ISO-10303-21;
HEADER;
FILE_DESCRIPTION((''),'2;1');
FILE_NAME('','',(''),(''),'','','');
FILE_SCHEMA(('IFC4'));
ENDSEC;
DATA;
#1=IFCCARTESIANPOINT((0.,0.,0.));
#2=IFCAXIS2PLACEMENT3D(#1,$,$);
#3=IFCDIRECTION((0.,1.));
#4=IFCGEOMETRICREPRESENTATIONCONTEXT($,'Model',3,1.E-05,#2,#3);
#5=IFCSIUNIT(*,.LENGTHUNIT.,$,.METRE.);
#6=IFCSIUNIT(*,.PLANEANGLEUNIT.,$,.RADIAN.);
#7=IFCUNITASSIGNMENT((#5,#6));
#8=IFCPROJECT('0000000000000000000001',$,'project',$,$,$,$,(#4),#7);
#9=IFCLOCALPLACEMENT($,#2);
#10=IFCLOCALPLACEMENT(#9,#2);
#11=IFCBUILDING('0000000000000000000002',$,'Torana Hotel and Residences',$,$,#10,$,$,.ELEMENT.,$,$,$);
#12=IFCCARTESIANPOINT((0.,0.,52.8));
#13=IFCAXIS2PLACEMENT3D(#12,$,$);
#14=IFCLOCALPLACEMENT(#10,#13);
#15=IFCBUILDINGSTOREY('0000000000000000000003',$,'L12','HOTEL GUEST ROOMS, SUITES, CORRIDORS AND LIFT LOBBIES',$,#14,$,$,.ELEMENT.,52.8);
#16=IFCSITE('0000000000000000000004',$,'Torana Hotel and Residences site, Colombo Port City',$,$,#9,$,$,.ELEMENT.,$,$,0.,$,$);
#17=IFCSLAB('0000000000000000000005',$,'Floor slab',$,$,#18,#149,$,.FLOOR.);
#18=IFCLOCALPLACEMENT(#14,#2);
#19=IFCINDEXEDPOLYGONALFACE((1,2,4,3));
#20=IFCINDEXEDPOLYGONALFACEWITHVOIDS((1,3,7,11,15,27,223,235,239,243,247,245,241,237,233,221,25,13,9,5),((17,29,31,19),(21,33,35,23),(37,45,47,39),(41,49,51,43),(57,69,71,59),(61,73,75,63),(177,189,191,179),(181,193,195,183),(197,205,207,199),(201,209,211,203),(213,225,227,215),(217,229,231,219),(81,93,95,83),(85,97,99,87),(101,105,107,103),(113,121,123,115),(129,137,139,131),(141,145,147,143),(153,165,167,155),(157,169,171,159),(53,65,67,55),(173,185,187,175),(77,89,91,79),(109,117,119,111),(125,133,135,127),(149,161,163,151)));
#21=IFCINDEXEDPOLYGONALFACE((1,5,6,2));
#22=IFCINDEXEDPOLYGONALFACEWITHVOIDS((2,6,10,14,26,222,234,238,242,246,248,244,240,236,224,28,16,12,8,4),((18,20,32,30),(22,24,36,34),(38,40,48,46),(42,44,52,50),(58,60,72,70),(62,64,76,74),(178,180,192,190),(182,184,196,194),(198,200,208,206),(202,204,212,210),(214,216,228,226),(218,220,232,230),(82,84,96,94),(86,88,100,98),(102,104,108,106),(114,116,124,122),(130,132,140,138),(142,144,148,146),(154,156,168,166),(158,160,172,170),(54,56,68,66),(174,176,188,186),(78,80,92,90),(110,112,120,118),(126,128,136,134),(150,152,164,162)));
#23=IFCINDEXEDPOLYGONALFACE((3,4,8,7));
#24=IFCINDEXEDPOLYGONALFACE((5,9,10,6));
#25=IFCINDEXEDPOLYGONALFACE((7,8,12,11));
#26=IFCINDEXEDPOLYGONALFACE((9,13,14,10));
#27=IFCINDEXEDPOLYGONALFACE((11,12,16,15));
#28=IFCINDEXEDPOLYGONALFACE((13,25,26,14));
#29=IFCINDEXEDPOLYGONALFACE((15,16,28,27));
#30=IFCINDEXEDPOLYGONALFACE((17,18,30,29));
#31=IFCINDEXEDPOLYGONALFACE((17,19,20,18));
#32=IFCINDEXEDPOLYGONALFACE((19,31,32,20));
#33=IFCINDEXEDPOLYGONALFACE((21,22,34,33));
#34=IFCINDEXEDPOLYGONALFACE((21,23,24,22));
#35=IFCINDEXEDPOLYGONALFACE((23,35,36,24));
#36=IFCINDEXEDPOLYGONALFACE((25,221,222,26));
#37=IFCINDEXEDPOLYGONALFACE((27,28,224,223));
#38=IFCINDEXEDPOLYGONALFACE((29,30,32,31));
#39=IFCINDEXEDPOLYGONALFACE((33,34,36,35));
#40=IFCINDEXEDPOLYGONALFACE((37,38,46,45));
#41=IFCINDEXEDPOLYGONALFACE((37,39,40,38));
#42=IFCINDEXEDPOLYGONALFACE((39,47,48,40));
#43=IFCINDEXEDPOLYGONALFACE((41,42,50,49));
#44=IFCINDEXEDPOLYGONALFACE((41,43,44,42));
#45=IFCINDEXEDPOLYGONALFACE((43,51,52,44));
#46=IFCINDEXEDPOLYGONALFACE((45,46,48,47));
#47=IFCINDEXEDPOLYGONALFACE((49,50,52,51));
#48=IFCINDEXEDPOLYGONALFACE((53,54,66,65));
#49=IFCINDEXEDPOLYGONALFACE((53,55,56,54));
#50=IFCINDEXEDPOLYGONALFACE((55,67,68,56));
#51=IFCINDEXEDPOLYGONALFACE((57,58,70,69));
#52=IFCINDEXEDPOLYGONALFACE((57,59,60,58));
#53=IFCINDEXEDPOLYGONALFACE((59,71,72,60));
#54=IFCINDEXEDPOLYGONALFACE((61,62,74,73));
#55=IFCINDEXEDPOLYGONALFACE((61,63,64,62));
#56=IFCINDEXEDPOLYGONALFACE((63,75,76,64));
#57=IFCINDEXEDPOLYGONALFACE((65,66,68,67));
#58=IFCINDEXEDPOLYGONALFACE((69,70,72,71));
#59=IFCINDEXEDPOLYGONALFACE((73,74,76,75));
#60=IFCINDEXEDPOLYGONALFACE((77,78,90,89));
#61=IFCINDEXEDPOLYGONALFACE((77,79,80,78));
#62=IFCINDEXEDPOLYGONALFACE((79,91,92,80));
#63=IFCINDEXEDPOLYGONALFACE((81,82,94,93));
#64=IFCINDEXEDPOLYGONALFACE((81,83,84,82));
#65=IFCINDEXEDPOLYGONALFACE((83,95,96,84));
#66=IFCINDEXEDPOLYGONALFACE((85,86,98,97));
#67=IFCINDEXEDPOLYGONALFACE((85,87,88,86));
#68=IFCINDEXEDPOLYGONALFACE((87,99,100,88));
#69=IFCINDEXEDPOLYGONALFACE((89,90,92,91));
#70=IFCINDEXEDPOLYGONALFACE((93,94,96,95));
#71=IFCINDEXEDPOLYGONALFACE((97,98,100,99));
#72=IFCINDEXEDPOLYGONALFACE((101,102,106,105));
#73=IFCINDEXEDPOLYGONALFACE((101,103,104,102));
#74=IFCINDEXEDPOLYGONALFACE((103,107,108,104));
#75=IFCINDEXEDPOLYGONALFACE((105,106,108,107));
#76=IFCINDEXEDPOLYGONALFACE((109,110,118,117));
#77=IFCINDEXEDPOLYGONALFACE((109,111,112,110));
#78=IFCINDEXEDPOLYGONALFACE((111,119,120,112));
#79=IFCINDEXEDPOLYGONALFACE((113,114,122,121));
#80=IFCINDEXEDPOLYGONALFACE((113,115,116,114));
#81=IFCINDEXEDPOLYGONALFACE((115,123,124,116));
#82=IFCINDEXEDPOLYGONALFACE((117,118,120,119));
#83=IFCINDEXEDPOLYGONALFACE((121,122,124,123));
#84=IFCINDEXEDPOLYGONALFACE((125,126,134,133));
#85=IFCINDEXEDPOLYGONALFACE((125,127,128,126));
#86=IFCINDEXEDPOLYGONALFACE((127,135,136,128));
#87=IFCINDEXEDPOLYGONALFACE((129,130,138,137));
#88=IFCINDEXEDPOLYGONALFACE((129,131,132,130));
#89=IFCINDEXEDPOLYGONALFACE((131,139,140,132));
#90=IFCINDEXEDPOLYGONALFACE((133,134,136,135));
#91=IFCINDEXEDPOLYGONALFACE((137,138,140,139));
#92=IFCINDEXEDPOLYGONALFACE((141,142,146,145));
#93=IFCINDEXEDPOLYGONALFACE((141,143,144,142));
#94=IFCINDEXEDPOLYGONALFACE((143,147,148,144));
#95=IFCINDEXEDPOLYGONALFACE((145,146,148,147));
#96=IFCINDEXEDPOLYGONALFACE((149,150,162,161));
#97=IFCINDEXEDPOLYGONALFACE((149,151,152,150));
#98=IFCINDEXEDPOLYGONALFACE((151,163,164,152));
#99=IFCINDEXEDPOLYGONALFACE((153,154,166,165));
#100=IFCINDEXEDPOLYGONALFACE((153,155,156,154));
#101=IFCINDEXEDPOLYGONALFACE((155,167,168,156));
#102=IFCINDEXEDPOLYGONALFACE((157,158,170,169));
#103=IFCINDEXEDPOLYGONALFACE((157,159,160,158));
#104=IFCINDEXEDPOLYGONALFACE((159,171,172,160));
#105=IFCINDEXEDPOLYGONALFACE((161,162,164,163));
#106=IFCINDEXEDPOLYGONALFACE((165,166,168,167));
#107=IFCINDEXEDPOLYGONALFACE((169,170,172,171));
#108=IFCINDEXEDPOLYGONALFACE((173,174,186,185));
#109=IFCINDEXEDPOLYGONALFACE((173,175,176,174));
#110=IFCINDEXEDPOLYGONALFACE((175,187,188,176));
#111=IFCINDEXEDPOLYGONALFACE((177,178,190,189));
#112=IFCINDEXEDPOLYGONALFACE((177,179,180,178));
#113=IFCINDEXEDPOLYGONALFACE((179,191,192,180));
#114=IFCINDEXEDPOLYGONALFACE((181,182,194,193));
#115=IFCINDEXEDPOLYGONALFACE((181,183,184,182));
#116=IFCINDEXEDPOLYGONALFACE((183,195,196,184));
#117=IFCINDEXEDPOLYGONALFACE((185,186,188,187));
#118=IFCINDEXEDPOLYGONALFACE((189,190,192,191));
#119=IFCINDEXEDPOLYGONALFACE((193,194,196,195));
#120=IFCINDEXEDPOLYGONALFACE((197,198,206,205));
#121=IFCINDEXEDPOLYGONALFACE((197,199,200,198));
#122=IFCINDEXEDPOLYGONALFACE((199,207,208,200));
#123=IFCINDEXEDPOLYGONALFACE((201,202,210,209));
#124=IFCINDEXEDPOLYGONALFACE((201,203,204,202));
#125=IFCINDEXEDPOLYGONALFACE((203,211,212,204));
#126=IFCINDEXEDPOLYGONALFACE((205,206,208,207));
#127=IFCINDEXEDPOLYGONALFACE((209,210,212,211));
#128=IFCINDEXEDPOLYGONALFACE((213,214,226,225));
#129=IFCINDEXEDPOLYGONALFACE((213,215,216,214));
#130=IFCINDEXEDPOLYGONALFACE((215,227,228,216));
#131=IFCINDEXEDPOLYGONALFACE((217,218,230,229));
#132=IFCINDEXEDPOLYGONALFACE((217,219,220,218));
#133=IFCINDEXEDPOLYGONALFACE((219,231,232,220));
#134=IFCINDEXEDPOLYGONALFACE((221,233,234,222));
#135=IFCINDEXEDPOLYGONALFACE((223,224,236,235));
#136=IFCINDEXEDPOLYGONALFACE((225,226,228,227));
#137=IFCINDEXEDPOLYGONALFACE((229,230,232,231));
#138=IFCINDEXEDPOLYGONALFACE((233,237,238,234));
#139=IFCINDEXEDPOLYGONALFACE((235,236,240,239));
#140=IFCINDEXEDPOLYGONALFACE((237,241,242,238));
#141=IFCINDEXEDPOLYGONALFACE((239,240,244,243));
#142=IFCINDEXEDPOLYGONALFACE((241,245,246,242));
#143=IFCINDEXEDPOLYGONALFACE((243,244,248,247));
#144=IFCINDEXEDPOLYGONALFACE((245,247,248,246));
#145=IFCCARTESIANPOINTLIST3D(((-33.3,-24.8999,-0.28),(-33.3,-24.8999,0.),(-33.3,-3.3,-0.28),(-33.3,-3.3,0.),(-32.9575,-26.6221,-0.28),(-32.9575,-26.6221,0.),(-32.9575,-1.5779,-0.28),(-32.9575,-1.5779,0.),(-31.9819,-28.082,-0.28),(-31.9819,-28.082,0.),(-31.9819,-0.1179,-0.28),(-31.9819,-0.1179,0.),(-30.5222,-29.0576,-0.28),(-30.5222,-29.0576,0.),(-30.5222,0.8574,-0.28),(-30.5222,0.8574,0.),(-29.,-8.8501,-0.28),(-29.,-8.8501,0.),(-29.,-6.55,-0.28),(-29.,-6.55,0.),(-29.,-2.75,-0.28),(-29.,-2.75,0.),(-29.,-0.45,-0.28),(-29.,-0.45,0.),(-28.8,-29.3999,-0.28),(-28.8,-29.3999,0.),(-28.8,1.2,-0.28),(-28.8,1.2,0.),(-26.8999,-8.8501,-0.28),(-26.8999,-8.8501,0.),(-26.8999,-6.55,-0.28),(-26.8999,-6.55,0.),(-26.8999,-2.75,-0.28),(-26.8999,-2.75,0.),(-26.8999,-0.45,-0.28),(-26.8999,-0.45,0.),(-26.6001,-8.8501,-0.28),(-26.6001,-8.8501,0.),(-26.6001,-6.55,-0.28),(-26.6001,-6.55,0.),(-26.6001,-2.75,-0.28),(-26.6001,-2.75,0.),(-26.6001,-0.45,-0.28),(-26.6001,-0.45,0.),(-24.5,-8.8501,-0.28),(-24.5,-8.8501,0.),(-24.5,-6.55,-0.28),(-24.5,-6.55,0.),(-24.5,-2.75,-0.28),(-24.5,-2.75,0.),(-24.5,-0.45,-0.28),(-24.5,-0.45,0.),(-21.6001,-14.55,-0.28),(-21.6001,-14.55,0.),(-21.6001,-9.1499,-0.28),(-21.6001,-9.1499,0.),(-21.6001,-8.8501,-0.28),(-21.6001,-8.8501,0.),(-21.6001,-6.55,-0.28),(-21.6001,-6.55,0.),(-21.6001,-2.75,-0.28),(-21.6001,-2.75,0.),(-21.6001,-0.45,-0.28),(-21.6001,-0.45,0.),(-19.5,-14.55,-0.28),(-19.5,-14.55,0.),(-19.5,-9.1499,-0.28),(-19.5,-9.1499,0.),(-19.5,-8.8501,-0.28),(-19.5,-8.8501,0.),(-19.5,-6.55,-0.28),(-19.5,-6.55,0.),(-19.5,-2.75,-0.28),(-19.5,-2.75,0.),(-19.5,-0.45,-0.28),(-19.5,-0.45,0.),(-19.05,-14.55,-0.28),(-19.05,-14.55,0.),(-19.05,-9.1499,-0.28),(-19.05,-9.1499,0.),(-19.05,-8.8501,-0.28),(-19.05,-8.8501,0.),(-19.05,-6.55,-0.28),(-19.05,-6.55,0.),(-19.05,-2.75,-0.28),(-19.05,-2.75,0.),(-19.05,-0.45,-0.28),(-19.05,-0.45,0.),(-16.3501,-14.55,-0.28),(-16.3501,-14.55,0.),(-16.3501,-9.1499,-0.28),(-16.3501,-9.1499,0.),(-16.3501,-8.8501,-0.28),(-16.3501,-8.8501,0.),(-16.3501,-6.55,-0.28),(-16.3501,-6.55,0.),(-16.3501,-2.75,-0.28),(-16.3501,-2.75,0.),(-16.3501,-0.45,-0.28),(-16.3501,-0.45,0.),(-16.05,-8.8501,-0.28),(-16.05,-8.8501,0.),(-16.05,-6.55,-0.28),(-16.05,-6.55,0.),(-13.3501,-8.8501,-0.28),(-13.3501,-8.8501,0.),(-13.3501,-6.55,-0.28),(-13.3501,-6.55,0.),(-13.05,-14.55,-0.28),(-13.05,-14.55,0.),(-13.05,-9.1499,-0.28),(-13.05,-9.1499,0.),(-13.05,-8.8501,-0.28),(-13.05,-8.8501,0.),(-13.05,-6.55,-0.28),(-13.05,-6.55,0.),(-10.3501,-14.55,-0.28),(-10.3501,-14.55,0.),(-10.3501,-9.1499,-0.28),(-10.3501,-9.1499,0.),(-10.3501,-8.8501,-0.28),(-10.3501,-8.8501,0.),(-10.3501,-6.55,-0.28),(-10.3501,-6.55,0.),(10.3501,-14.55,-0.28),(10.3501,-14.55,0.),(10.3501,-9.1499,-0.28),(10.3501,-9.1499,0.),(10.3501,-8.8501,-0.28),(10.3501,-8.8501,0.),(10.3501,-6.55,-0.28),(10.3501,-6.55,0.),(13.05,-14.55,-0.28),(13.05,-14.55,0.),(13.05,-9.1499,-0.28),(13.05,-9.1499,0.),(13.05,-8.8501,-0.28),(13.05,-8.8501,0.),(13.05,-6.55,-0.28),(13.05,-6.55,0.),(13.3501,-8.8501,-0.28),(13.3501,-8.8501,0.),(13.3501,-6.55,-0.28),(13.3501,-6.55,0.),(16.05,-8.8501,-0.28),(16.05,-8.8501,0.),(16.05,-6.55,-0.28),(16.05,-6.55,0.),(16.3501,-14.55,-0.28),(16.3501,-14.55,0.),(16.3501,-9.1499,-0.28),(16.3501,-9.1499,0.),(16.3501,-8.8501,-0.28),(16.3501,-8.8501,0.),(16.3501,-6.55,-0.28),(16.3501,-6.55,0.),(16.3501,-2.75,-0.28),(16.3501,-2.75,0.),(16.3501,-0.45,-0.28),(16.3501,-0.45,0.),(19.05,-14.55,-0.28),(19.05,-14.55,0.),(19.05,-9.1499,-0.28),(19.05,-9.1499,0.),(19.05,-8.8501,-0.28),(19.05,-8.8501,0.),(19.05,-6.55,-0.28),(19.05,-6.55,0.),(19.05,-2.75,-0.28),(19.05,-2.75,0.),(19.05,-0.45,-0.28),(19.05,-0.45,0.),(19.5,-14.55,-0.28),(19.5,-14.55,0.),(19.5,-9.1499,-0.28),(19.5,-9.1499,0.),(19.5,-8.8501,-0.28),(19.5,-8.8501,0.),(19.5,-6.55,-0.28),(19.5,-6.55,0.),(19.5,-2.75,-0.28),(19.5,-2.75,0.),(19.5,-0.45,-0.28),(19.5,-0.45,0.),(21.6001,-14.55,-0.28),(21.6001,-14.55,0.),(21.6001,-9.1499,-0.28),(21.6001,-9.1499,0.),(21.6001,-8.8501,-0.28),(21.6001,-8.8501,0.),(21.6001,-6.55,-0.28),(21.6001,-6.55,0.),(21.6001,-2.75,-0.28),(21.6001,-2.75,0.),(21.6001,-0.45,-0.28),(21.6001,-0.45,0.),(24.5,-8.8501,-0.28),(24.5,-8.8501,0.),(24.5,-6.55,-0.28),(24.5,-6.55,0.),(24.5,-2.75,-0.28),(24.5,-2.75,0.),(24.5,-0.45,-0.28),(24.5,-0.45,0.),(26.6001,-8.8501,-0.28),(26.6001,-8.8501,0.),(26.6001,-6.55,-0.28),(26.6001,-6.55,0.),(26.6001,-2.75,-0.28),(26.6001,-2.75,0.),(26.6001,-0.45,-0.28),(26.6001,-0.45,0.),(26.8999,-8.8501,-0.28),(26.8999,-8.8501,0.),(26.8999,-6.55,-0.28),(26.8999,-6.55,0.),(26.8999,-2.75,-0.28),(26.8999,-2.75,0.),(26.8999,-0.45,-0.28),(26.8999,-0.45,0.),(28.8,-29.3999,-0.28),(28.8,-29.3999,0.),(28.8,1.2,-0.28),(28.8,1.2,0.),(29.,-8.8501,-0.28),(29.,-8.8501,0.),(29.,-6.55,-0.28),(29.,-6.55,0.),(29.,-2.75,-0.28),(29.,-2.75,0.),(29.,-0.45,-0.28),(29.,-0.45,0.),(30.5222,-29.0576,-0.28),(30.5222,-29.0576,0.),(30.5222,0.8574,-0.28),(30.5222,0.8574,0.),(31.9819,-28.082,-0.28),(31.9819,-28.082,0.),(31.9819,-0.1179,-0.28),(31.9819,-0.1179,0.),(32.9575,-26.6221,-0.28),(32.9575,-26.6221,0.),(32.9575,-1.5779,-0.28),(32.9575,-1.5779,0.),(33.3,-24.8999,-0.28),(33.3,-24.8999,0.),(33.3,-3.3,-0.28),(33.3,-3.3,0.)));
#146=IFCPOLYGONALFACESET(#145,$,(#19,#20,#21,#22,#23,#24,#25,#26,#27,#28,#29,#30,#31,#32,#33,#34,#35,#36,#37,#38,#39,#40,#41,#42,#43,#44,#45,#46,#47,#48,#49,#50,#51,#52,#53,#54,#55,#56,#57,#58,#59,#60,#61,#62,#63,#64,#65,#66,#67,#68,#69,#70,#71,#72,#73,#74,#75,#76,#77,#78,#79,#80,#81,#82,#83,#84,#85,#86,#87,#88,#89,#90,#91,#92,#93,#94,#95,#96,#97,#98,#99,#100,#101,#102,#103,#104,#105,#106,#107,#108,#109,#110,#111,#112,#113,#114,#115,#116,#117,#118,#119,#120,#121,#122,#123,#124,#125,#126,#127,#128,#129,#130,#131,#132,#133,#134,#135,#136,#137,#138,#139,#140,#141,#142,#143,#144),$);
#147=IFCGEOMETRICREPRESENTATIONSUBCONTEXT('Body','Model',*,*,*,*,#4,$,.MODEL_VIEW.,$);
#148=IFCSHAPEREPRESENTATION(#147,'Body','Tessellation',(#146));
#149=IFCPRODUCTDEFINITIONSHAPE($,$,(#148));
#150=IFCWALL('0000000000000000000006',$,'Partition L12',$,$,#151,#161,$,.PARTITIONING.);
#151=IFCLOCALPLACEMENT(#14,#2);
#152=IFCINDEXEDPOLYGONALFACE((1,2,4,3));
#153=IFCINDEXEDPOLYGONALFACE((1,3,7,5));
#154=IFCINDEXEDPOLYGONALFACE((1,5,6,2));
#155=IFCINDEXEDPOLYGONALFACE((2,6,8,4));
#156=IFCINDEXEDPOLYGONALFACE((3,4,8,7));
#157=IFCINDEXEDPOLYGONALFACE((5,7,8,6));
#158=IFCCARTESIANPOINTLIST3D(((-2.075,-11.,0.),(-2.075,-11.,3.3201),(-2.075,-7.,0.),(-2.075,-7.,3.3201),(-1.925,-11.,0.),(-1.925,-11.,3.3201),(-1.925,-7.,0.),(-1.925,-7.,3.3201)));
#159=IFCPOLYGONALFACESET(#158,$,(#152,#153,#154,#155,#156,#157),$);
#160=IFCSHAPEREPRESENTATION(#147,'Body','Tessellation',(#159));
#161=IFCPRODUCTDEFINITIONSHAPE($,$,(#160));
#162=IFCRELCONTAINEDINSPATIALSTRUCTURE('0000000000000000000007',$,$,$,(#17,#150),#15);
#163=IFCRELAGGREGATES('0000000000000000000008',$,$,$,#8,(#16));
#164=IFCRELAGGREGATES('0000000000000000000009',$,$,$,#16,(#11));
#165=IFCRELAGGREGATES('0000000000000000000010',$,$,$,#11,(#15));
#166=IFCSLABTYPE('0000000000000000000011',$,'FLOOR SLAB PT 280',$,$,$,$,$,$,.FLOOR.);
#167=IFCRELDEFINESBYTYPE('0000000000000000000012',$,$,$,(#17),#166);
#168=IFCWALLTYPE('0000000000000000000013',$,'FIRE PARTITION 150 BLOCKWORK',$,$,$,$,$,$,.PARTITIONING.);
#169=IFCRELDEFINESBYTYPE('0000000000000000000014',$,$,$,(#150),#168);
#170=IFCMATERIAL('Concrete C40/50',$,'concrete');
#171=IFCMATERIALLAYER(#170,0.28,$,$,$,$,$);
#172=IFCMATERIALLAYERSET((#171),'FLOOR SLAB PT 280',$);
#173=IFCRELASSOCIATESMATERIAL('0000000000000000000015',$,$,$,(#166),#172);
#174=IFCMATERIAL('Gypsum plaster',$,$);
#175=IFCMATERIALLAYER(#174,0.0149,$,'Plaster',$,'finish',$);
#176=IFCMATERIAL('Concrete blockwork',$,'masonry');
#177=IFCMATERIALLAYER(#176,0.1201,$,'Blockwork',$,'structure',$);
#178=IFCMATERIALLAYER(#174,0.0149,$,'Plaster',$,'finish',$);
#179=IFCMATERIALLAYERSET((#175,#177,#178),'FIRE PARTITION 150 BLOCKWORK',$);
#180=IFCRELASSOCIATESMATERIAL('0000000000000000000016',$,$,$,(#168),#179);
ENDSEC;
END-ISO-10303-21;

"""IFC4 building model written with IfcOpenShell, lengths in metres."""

from ifc_helpers import new_model, si_unit, direction, frame, frame_2d, origin, place, context, subcontext, project, spatial, polyline, rectangle, outline, extrude, material, layer, layer_set, type_object, element, save


model = new_model("IFC4")

# Units and contexts
model_context = context("Model", 3, precision=1e-05, world=origin(), true_north=direction((0.0, 1.0)))
body_context = subcontext(model_context, "Body", "Model", "MODEL_VIEW")
ifc_project = project(units=[si_unit("LENGTHUNIT", "METRE"), si_unit("PLANEANGLEUNIT", "RADIAN")], contexts=[model_context])

# Site, building, storey
site_placement = place(None, origin())
site = spatial("IfcSite", under=ifc_project, at=site_placement, Name="Torana Hotel and Residences site, Colombo Port City", CompositionType="ELEMENT", RefElevation=0.0)
building_placement = place(site_placement, origin())
building = spatial("IfcBuilding", under=site, at=building_placement, Name="Torana Hotel and Residences", CompositionType="ELEMENT")
storey_placement = place(building_placement, frame((0.0, 0.0, 52.8)))
storey = spatial("IfcBuildingStorey", under=building, at=storey_placement, Name="L12", Description="HOTEL GUEST ROOMS, SUITES, CORRIDORS AND LIFT LOBBIES", CompositionType="ELEMENT", Elevation=52.8)

# Slab
ifc_material_1 = material(Name="Concrete C40/50", Category="concrete")
ifc_layer_1 = layer(ifc_material_1, 0.28)
ifc_layer_set_1 = layer_set([ifc_layer_1], Name="FLOOR SLAB PT 280")
slab_type_1 = type_object("IfcSlabType", Name="FLOOR SLAB PT 280", PredefinedType="FLOOR", material=ifc_layer_set_1)
slab_1_placement = place(storey_placement, frame((0.0, 0.0, -0.28)))
element("IfcSlab", 1, at=slab_1_placement, inside=storey, type_object=slab_type_1, Name="Floor slab", PredefinedType="FLOOR", context=body_context, shape_type="SweptSolid", body=[
    extrude(outline(polyline([(33.3, -3.3), (32.9575, -1.5779), (31.9819, -0.1179), (30.5222, 0.8574), (28.8, 1.2), (-28.8, 1.2), (-30.5222, 0.8574), (-31.9819, -0.1179), (-32.9575, -1.5779), (-33.3, -3.3), (-33.3, -24.8999), (-32.9575, -26.6221), (-31.9819, -28.082), (-30.5222, -29.0576), (-28.8, -29.3999), (28.8, -29.3999), (30.5222, -29.0576), (31.9819, -28.082), (32.9575, -26.6221), (33.3, -24.8999), (33.3, -3.3)]), holes=[polyline([(-13.05, -14.55), (-10.3501, -14.55), (-10.3501, -9.1499), (-13.05, -9.1499), (-13.05, -14.55)]), polyline([(-19.05, -14.55), (-16.3501, -14.55), (-16.3501, -9.1499), (-19.05, -9.1499), (-19.05, -14.55)]), polyline([(-19.05, -2.75), (-16.3501, -2.75), (-16.3501, -0.45), (-19.05, -0.45), (-19.05, -2.75)]), polyline([(-26.6001, -2.75), (-24.5, -2.75), (-24.5, -0.45), (-26.6001, -0.45), (-26.6001, -2.75)]), polyline([(-29.0, -2.75), (-26.8999, -2.75), (-26.8999, -0.45), (-29.0, -0.45), (-29.0, -2.75)]), polyline([(-26.6001, -8.8501), (-24.5, -8.8501), (-24.5, -6.55), (-26.6001, -6.55), (-26.6001, -8.8501)]), polyline([(-29.0, -8.8501), (-26.8999, -8.8501), (-26.8999, -6.55), (-29.0, -6.55), (-29.0, -8.8501)]), polyline([(-21.6001, -2.75), (-19.5, -2.75), (-19.5, -0.45), (-21.6001, -0.45), (-21.6001, -2.75)]), polyline([(-21.6001, -8.8501), (-19.5, -8.8501), (-19.5, -6.55), (-21.6001, -6.55), (-21.6001, -8.8501)]), polyline([(-13.05, -8.8501), (-10.3501, -8.8501), (-10.3501, -6.55), (-13.05, -6.55), (-13.05, -8.8501)]), polyline([(-16.05, -8.8501), (-13.3501, -8.8501), (-13.3501, -6.55), (-16.05, -6.55), (-16.05, -8.8501)]), polyline([(-19.05, -8.8501), (-16.3501, -8.8501), (-16.3501, -6.55), (-19.05, -6.55), (-19.05, -8.8501)]), polyline([(-21.6001, -14.55), (-19.5, -14.55), (-19.5, -9.1499), (-21.6001, -9.1499), (-21.6001, -14.55)]), polyline([(10.3501, -14.55), (13.05, -14.55), (13.05, -9.1499), (10.3501, -9.1499), (10.3501, -14.55)]), polyline([(16.3501, -14.55), (19.05, -14.55), (19.05, -9.1499), (16.3501, -9.1499), (16.3501, -14.55)]), polyline([(16.3501, -2.75), (19.05, -2.75), (19.05, -0.45), (16.3501, -0.45), (16.3501, -2.75)]), polyline([(24.5, -2.75), (26.6001, -2.75), (26.6001, -0.45), (24.5, -0.45), (24.5, -2.75)]), polyline([(26.8999, -2.75), (29.0, -2.75), (29.0, -0.45), (26.8999, -0.45), (26.8999, -2.75)]), polyline([(24.5, -8.8501), (26.6001, -8.8501), (26.6001, -6.55), (24.5, -6.55), (24.5, -8.8501)]), polyline([(26.8999, -8.8501), (29.0, -8.8501), (29.0, -6.55), (26.8999, -6.55), (26.8999, -8.8501)]), polyline([(19.5, -2.75), (21.6001, -2.75), (21.6001, -0.45), (19.5, -0.45), (19.5, -2.75)]), polyline([(19.5, -8.8501), (21.6001, -8.8501), (21.6001, -6.55), (19.5, -6.55), (19.5, -8.8501)]), polyline([(10.3501, -8.8501), (13.05, -8.8501), (13.05, -6.55), (10.3501, -6.55), (10.3501, -8.8501)]), polyline([(13.3501, -8.8501), (16.05, -8.8501), (16.05, -6.55), (13.3501, -6.55), (13.3501, -8.8501)]), polyline([(16.3501, -8.8501), (19.05, -8.8501), (19.05, -6.55), (16.3501, -6.55), (16.3501, -8.8501)]), polyline([(19.5, -14.55), (21.6001, -14.55), (21.6001, -9.1499), (19.5, -9.1499), (19.5, -14.55)])]), origin(), (0.0, 0.0, 1.0), 0.28),
])

# Wall
ifc_material_2 = material(Name="Gypsum plaster")
ifc_layer_2 = layer(ifc_material_2, 0.0149, Name="Plaster", Category="finish")
ifc_material_3 = material(Name="Concrete blockwork", Category="masonry")
ifc_layer_3 = layer(ifc_material_3, 0.1201, Name="Blockwork", Category="structure")
ifc_layer_4 = layer(ifc_material_2, 0.0149, Name="Plaster", Category="finish")
ifc_layer_set_2 = layer_set([ifc_layer_2, ifc_layer_3, ifc_layer_4], Name="FIRE PARTITION 150 BLOCKWORK")
wall_type_1 = type_object("IfcWallType", Name="FIRE PARTITION 150 BLOCKWORK", PredefinedType="PARTITIONING", material=ifc_layer_set_2)
wall_1_placement = place(storey_placement, frame((-2.0, -11.0, 0.0), z_axis=(0.0, 0.0, 1.0), x_axis=(0.0, 1.0, 0.0)))
element("IfcWall", 2, at=wall_1_placement, inside=storey, type_object=wall_type_1, Name="Partition L12", PredefinedType="PARTITIONING", context=body_context, shape_type="SweptSolid", body=[
    extrude(rectangle(XDim=4.0, YDim=0.1499, at=frame_2d((2.0, 0.0))), origin(), (0.0, 0.0, 1.0), 3.3201),
])

save(model, "model.ifc")
